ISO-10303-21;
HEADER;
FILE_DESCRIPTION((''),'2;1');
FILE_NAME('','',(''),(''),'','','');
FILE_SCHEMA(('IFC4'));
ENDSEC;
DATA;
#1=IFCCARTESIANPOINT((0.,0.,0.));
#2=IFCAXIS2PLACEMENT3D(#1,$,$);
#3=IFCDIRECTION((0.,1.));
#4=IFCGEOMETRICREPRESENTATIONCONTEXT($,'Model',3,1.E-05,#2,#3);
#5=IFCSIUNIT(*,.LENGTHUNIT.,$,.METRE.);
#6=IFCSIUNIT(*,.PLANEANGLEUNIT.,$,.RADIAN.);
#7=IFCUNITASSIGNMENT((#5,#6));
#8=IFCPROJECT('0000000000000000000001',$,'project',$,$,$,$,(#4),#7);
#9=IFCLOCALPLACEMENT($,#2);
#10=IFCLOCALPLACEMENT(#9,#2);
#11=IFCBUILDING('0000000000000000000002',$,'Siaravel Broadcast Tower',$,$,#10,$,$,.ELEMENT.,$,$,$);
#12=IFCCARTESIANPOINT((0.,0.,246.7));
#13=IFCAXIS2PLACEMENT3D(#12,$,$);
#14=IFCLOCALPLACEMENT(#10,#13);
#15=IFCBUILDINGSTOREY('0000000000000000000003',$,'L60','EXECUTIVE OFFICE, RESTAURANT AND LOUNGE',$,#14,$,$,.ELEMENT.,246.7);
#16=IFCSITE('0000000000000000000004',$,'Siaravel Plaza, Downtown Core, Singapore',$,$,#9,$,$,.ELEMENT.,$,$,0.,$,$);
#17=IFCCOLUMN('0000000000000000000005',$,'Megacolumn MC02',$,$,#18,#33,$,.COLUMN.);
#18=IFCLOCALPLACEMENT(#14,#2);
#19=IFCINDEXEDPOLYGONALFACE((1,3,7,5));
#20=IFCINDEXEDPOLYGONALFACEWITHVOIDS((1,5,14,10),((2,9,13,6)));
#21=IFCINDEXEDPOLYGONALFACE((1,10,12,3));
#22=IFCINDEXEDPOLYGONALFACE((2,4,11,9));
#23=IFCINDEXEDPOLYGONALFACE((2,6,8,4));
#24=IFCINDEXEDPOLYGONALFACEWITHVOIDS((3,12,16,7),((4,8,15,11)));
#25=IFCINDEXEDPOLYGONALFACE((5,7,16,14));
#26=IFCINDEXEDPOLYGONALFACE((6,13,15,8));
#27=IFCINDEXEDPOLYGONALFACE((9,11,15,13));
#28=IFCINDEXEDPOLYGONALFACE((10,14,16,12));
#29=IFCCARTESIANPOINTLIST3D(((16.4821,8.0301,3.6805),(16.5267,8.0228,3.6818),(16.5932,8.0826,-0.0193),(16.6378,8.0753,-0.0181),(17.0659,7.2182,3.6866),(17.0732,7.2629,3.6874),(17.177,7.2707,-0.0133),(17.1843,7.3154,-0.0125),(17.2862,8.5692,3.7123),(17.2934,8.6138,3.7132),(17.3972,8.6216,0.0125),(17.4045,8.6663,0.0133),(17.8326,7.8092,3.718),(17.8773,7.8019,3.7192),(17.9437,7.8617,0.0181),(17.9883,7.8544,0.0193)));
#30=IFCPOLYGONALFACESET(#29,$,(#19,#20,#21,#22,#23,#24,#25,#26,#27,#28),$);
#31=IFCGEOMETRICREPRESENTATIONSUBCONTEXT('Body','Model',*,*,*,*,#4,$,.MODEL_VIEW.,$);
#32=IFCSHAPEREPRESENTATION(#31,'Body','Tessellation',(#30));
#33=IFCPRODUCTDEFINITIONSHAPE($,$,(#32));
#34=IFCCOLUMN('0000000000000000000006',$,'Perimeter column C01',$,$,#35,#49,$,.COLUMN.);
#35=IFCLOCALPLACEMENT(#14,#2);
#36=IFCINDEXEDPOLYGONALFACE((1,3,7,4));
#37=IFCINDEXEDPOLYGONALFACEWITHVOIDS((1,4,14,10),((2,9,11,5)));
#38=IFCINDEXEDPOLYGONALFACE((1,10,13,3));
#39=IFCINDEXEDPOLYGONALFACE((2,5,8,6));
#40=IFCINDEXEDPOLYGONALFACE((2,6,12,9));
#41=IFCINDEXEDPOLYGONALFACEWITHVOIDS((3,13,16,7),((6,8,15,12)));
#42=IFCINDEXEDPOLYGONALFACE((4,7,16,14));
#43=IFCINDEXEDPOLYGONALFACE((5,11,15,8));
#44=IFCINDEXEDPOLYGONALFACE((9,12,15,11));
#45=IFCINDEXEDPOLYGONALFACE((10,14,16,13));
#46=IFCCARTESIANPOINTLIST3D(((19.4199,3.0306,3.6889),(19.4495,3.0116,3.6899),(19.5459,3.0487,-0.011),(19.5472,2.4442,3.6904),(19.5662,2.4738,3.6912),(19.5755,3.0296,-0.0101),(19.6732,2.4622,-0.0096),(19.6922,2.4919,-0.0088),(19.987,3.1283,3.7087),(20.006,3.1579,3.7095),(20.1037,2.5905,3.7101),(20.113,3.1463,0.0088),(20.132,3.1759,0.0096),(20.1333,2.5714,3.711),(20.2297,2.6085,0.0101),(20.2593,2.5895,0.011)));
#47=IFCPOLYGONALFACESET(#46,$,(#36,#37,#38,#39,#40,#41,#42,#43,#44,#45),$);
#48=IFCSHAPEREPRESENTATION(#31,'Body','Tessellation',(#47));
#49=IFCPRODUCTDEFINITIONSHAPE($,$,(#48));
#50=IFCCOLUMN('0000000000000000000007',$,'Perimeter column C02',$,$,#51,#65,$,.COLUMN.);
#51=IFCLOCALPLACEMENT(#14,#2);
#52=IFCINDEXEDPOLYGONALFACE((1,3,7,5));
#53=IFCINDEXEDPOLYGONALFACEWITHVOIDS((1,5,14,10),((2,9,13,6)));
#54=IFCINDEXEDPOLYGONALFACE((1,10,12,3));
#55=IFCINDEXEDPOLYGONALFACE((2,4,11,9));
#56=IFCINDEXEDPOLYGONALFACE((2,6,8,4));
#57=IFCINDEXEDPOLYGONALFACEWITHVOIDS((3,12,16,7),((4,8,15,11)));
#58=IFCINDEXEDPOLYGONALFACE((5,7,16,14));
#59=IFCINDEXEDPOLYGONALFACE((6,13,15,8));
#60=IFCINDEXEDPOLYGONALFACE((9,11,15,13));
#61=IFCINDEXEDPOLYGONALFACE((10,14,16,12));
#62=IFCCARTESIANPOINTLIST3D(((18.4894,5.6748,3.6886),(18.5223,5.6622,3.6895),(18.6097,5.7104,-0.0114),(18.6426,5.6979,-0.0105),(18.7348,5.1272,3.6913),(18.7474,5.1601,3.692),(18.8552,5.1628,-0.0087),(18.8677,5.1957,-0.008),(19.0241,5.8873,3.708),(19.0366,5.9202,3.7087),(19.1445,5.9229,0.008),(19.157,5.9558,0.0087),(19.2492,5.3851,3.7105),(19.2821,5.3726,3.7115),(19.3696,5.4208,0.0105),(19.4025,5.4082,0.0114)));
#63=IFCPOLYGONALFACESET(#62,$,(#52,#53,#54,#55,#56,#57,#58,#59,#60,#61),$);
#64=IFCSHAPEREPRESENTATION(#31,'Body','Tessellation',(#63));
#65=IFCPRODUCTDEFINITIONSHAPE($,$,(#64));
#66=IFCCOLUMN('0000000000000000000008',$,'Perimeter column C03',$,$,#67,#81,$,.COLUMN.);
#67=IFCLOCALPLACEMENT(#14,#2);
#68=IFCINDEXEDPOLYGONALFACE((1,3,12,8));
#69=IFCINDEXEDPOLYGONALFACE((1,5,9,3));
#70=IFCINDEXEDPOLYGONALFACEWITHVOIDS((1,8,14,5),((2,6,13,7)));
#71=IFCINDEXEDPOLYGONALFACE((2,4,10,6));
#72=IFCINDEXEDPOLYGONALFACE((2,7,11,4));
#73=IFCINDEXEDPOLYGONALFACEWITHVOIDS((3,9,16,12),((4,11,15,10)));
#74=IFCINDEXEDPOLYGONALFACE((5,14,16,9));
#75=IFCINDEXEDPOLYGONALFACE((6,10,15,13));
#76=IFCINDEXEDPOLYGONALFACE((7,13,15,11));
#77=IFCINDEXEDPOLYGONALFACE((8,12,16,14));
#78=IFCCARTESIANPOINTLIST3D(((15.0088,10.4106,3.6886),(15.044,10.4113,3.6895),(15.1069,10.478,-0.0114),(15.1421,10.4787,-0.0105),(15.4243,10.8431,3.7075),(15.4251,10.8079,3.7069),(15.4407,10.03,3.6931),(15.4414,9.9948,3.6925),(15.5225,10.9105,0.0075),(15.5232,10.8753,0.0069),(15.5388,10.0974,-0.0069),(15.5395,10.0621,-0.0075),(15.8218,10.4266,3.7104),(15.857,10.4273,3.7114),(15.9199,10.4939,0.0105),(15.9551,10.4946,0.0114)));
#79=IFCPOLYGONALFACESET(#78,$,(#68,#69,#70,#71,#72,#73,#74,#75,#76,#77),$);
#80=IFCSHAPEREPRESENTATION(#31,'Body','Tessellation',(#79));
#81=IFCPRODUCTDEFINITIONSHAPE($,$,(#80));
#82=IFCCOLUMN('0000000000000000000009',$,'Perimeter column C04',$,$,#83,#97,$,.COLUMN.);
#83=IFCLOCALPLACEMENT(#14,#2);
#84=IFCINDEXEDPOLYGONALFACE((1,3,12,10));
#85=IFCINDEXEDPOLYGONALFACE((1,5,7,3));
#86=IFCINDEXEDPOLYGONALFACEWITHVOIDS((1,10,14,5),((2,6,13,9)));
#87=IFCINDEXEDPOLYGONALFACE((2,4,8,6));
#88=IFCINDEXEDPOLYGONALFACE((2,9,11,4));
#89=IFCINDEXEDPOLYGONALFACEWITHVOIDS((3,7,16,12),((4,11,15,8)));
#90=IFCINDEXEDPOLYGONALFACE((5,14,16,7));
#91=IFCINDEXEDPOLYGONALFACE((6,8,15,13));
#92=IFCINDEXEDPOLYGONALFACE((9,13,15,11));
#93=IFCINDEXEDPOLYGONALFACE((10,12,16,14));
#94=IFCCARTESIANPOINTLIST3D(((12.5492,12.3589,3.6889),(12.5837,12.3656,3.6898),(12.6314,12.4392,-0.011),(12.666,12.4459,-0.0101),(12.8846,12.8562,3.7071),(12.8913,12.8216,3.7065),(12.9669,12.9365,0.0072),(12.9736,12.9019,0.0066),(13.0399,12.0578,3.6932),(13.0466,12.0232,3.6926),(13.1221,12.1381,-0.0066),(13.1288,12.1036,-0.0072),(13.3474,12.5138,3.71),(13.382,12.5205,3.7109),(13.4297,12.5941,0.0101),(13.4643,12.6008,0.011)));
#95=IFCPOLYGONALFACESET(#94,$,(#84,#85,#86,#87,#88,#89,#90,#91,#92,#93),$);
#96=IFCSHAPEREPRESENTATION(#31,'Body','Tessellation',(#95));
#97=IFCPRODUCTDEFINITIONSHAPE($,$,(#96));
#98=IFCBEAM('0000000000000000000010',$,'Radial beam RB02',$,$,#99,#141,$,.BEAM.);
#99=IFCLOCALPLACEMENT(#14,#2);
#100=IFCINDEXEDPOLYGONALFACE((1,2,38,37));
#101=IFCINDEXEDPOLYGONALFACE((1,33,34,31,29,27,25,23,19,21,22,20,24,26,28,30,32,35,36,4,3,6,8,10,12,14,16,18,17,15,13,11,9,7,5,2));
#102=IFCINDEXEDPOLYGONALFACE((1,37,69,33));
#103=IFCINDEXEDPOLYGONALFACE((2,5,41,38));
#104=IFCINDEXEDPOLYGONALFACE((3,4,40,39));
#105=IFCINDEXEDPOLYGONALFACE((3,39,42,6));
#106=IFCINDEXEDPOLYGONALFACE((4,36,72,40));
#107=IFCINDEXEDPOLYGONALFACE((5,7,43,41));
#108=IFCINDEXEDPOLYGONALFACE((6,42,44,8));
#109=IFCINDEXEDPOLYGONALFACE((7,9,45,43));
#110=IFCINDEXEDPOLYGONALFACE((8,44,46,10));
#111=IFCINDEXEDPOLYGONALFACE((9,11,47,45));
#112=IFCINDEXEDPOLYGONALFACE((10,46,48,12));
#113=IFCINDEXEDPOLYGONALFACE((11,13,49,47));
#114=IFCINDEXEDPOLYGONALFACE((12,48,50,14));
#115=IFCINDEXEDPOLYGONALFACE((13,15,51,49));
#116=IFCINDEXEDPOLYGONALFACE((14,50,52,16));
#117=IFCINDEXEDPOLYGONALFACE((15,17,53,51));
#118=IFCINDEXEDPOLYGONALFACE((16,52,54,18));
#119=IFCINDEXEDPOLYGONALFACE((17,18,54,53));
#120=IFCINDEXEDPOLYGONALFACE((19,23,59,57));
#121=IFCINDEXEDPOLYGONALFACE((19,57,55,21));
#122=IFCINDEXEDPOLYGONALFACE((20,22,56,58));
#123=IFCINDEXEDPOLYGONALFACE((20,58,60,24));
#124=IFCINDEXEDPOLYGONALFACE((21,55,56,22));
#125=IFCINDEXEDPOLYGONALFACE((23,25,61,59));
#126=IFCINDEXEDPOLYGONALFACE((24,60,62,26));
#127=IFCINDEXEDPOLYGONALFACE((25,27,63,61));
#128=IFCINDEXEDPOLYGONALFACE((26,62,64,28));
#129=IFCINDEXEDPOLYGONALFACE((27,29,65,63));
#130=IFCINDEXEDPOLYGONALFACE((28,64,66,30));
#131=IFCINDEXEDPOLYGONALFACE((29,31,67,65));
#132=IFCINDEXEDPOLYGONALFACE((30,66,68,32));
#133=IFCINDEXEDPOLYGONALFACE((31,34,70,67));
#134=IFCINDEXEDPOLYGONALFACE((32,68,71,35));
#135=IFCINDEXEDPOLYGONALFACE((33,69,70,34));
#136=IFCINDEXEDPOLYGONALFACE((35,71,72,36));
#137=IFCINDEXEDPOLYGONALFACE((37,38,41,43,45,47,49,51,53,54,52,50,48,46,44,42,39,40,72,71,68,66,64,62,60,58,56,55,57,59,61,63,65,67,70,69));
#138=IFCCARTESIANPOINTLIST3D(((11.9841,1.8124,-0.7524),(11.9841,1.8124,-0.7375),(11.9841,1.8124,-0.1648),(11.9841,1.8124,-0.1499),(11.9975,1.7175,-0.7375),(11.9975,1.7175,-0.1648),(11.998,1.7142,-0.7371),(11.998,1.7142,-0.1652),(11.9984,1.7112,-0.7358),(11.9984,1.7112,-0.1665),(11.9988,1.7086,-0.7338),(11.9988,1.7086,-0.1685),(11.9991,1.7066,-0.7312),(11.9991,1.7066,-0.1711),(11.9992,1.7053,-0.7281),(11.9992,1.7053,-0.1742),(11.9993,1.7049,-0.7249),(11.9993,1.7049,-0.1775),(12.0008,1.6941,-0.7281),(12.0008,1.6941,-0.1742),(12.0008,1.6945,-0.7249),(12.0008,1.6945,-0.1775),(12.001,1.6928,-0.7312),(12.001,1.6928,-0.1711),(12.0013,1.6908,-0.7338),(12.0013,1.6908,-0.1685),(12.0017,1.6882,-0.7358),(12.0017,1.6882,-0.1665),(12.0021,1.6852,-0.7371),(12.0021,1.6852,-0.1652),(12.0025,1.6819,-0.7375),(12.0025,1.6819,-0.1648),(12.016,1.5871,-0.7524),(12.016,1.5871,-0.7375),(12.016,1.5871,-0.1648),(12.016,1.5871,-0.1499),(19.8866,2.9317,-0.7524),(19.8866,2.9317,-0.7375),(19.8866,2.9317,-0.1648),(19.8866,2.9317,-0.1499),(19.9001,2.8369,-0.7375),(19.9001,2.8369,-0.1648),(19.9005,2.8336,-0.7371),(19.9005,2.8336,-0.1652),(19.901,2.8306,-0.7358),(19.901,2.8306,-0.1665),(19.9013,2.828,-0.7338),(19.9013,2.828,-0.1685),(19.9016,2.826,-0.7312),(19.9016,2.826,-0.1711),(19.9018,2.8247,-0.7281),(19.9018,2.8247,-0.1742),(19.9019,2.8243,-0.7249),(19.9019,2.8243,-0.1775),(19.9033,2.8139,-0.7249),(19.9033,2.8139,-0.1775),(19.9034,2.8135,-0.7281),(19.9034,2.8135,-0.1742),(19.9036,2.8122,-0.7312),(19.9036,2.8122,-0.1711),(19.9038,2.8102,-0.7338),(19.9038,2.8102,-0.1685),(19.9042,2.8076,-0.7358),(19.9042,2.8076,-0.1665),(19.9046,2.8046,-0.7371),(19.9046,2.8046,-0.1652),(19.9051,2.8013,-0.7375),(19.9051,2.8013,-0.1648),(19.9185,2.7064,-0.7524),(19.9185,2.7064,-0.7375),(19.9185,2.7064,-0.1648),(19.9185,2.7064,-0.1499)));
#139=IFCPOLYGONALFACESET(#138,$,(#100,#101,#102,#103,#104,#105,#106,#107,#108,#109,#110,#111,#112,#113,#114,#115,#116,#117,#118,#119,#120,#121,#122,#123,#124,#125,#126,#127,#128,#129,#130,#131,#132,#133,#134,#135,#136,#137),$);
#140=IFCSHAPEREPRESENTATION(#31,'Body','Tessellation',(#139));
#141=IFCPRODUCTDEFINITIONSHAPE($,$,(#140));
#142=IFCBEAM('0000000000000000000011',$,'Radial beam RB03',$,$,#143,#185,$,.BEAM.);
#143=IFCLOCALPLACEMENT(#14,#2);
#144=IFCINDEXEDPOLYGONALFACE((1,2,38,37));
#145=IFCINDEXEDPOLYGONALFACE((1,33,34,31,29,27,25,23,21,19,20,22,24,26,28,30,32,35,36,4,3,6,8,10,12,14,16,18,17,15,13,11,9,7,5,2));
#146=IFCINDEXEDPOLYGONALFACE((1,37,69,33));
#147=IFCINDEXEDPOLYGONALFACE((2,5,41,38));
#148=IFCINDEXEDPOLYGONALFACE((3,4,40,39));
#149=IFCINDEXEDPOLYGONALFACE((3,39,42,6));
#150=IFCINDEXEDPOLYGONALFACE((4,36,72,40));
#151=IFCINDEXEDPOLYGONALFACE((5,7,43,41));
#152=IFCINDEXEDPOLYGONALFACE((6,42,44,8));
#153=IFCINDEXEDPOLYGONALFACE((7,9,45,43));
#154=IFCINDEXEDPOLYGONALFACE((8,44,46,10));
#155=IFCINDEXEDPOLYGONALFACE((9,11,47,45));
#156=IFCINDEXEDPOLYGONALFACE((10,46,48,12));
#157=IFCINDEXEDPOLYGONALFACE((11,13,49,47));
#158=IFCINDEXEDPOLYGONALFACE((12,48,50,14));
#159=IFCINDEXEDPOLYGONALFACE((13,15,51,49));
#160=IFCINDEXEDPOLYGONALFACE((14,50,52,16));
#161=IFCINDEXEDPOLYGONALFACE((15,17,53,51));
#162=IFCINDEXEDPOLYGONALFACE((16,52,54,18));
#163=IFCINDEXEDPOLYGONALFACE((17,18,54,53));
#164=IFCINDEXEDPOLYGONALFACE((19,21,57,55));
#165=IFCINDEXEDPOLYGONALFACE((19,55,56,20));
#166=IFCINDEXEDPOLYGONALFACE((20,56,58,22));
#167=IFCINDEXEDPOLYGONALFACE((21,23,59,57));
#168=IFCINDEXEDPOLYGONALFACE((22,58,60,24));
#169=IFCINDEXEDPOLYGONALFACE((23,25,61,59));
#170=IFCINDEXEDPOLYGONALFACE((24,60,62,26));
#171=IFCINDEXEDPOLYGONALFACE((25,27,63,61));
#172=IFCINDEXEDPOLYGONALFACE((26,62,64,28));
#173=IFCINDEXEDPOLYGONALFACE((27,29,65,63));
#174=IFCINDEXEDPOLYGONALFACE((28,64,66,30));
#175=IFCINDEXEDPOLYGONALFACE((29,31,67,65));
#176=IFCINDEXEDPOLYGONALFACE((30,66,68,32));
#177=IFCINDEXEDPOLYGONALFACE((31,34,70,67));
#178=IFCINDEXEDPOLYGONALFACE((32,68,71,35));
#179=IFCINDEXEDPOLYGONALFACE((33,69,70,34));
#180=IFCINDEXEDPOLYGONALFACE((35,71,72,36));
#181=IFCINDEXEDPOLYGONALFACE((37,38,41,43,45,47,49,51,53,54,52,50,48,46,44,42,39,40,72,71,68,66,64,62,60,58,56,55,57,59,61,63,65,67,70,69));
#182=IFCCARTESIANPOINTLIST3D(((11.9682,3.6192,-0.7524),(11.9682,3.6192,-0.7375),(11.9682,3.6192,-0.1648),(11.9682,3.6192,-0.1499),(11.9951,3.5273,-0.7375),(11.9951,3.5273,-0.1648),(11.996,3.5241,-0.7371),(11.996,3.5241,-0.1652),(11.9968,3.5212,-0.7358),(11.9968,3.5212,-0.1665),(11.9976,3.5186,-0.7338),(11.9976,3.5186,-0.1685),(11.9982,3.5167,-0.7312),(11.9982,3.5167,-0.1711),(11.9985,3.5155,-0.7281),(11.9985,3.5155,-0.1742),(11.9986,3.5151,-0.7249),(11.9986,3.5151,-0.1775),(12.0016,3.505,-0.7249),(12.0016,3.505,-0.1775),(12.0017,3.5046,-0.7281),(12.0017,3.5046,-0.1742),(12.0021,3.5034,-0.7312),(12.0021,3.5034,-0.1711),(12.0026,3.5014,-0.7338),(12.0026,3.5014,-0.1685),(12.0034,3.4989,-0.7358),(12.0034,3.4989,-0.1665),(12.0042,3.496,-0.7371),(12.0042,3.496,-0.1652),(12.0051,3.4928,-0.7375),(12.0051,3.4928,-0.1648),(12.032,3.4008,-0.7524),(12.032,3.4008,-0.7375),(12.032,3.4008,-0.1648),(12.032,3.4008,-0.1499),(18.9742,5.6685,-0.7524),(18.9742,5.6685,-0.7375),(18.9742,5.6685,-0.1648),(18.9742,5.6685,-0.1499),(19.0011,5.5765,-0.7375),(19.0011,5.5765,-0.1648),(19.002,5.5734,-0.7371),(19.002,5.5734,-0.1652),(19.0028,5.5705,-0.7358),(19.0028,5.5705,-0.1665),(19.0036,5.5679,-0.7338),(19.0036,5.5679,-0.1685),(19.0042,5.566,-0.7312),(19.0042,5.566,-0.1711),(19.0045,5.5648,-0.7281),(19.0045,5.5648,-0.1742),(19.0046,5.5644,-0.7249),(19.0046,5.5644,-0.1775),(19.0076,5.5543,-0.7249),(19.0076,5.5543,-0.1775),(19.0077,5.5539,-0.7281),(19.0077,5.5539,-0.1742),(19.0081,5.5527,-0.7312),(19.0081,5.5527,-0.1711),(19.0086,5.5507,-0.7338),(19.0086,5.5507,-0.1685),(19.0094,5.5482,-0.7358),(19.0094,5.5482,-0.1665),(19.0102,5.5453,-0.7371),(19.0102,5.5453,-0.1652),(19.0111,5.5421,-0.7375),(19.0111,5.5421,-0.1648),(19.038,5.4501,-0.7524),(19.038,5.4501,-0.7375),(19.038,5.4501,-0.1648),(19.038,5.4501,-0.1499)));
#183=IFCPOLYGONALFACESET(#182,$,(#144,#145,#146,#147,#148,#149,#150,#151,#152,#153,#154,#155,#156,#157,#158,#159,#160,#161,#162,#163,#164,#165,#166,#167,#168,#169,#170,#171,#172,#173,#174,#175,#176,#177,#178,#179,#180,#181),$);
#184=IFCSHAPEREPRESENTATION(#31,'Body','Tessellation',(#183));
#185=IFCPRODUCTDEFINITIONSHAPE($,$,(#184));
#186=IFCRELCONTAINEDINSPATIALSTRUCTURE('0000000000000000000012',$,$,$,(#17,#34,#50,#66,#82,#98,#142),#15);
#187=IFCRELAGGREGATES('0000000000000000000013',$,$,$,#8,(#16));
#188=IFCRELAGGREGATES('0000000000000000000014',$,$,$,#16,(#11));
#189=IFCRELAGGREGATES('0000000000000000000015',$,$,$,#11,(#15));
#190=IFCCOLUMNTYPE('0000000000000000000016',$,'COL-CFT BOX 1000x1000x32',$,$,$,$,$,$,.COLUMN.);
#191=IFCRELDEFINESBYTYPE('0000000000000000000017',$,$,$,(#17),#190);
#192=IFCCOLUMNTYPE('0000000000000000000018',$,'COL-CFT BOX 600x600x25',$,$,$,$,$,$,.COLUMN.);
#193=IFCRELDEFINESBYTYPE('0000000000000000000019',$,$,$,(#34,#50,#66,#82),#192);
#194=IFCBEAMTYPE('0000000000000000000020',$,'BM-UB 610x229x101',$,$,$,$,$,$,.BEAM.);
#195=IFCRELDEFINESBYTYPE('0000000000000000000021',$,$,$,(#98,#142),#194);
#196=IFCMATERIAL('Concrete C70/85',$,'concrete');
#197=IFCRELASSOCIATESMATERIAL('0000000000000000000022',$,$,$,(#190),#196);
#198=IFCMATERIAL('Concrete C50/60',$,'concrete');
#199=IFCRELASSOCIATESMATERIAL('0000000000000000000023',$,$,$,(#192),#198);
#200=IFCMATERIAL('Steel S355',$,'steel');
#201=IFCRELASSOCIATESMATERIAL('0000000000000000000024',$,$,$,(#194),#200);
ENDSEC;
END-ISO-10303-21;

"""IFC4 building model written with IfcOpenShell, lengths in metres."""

from ifc_helpers import new_model, si_unit, direction, frame, origin, origin_2d, place, context, subcontext, project, spatial, hollow_rectangle, i_section, extrude, material, material_profile, profile_set, type_object, element, save


model = new_model("IFC4")

# Units and contexts
model_context = context("Model", 3, precision=1e-05, world=origin(), true_north=direction((0.0, 1.0)))
body_context = subcontext(model_context, "Body", "Model", "MODEL_VIEW")
ifc_project = project(units=[si_unit("LENGTHUNIT", "METRE"), si_unit("PLANEANGLEUNIT", "RADIAN")], contexts=[model_context])

# Site, building, storey
site_placement = place(None, origin())
site = spatial("IfcSite", under=ifc_project, at=site_placement, Name="Siaravel Plaza, Downtown Core, Singapore", CompositionType="ELEMENT", RefElevation=0.0)
building_placement = place(site_placement, origin())
building = spatial("IfcBuilding", under=site, at=building_placement, Name="Siaravel Broadcast Tower", CompositionType="ELEMENT")
storey_placement = place(building_placement, frame((0.0, 0.0, 246.7)))
storey = spatial("IfcBuildingStorey", under=building, at=storey_placement, Name="L60", Description="EXECUTIVE OFFICE, RESTAURANT AND LOUNGE", CompositionType="ELEMENT", Elevation=246.7)

# Columns
ifc_material_1 = material(Name="Concrete C70/85", Category="concrete")
ifc_material_profile_1 = material_profile(ifc_material_1, hollow_rectangle(XDim=1.0, YDim=1.0, WallThickness=0.032, at=origin_2d()))
ifc_profile_set_1 = profile_set([ifc_material_profile_1], Name="Concrete C70/85")
column_type_1 = type_object("IfcColumnType", Name="COL-CFT BOX 1000x1000x32", PredefinedType="COLUMN", material=ifc_profile_set_1)
column_1_placement = place(storey_placement, frame((17.2908, 7.9685, 0.0), z_axis=(-0.030007, -0.014179, 0.999449), x_axis=(0.583834, -0.811851, 0.006011)))
element("IfcColumn", 1, at=column_1_placement, inside=storey, type_object=column_type_1, Name="Megacolumn MC02", PredefinedType="COLUMN", context=body_context, shape_type="SweptSolid", body=[
    extrude(hollow_rectangle(XDim=1.0, YDim=1.0, WallThickness=0.032, at=origin_2d()), origin(), (0.0, 0.0, 1.0), 3.7019),
])
ifc_material_2 = material(Name="Concrete C50/60", Category="concrete")
ifc_material_profile_2 = material_profile(ifc_material_2, hollow_rectangle(XDim=0.6001, YDim=0.6001, WallThickness=0.0249, at=origin_2d()))
ifc_profile_set_2 = profile_set([ifc_material_profile_2], Name="Concrete C50/60")
column_type_2 = type_object("IfcColumnType", Name="COL-CFT BOX 600x600x25", PredefinedType="COLUMN", material=ifc_profile_set_2)
for number, where, z_axis, x_axis, name in (
    (2, (19.9026, 2.8191, 0.0), (-0.034028, -0.00488, 0.999409), (0.212088, -0.977247, 0.002449), "Perimeter column C01"),
    (3, (19.0061, 5.5593, 0.0), (-0.032512, -0.009628, 0.999425), (0.409045, -0.912503, 0.004516), "Perimeter column C02"),
):
    element("IfcColumn", number, at=place(storey_placement, frame(where, z_axis=z_axis, x_axis=x_axis)), inside=storey, type_object=column_type_2, Name=name, PredefinedType="COLUMN", context=body_context, shape_type="SweptSolid", body=[
        extrude(hollow_rectangle(XDim=0.6001, YDim=0.6001, WallThickness=0.0249, at=origin_2d()), origin(), (0.0, 0.0, 1.0), 3.7021),
    ])
column_2_placement = place(storey_placement, frame((15.531, 10.4863, 0.0), z_axis=(-0.026512, -0.018202, 0.999483), x_axis=(0.720903, -0.693005, 0.006502)))
element("IfcColumn", 4, at=column_2_placement, inside=storey, type_object=column_type_2, Name="Perimeter column C03", PredefinedType="COLUMN", context=body_context, shape_type="SweptSolid", body=[
    extrude(hollow_rectangle(XDim=0.6001, YDim=0.6001, WallThickness=0.0249, at=origin_2d()), origin(), (0.0, 0.0, 1.0), 3.7019),
])
column_3_placement = place(storey_placement, frame((13.0479, 12.52, 0.0), z_axis=(-0.022226, -0.021699, 0.999517), x_axis=(0.828897, -0.559365, 0.006289)))
element("IfcColumn", 5, at=column_3_placement, inside=storey, type_object=column_type_2, Name="Perimeter column C04", PredefinedType="COLUMN", context=body_context, shape_type="SweptSolid", body=[
    extrude(hollow_rectangle(XDim=0.6001, YDim=0.6001, WallThickness=0.0249, at=origin_2d()), origin(), (0.0, 0.0, 1.0), 3.7017),
])

# Beams
ifc_material_3 = material(Name="Steel S355", Category="steel")
ifc_material_profile_3 = material_profile(ifc_material_3, i_section(OverallWidth=0.2275, OverallDepth=0.6025, WebThickness=0.0105, FlangeThickness=0.0149, FilletRadius=0.0127, at=origin_2d()))
ifc_profile_set_3 = profile_set([ifc_material_profile_3], Name="Steel S355")
beam_type = type_object("IfcBeamType", Name="BM-UB 610x229x101", PredefinedType="BEAM", material=ifc_profile_set_3)
beam_1_placement = place(storey_placement, frame((19.9026, 2.8191, -0.4512), z_axis=(-0.990116, -0.140248, 0.0), x_axis=(0.140248, -0.990116, 0.0)))
element("IfcBeam", 6, at=beam_1_placement, inside=storey, type_object=beam_type, Name="Radial beam RB02", PredefinedType="BEAM", context=body_context, shape_type="SweptSolid", body=[
    extrude(i_section(OverallWidth=0.2275, OverallDepth=0.6025, WebThickness=0.0105, FlangeThickness=0.0149, FilletRadius=0.0127, at=origin_2d()), origin(), (0.0, 0.0, 1.0), 7.9814),
])
beam_2_placement = place(storey_placement, frame((19.0061, 5.5593, -0.4512), z_axis=(-0.959784, -0.280741, 0.0), x_axis=(0.280741, -0.959784, 0.0)))
element("IfcBeam", 7, at=beam_2_placement, inside=storey, type_object=beam_type, Name="Radial beam RB03", PredefinedType="BEAM", context=body_context, shape_type="SweptSolid", body=[
    extrude(i_section(OverallWidth=0.2275, OverallDepth=0.6025, WebThickness=0.0105, FlangeThickness=0.0149, FilletRadius=0.0127, at=origin_2d()), origin(), (0.0, 0.0, 1.0), 7.2996),
])

save(model, "model.ifc")
